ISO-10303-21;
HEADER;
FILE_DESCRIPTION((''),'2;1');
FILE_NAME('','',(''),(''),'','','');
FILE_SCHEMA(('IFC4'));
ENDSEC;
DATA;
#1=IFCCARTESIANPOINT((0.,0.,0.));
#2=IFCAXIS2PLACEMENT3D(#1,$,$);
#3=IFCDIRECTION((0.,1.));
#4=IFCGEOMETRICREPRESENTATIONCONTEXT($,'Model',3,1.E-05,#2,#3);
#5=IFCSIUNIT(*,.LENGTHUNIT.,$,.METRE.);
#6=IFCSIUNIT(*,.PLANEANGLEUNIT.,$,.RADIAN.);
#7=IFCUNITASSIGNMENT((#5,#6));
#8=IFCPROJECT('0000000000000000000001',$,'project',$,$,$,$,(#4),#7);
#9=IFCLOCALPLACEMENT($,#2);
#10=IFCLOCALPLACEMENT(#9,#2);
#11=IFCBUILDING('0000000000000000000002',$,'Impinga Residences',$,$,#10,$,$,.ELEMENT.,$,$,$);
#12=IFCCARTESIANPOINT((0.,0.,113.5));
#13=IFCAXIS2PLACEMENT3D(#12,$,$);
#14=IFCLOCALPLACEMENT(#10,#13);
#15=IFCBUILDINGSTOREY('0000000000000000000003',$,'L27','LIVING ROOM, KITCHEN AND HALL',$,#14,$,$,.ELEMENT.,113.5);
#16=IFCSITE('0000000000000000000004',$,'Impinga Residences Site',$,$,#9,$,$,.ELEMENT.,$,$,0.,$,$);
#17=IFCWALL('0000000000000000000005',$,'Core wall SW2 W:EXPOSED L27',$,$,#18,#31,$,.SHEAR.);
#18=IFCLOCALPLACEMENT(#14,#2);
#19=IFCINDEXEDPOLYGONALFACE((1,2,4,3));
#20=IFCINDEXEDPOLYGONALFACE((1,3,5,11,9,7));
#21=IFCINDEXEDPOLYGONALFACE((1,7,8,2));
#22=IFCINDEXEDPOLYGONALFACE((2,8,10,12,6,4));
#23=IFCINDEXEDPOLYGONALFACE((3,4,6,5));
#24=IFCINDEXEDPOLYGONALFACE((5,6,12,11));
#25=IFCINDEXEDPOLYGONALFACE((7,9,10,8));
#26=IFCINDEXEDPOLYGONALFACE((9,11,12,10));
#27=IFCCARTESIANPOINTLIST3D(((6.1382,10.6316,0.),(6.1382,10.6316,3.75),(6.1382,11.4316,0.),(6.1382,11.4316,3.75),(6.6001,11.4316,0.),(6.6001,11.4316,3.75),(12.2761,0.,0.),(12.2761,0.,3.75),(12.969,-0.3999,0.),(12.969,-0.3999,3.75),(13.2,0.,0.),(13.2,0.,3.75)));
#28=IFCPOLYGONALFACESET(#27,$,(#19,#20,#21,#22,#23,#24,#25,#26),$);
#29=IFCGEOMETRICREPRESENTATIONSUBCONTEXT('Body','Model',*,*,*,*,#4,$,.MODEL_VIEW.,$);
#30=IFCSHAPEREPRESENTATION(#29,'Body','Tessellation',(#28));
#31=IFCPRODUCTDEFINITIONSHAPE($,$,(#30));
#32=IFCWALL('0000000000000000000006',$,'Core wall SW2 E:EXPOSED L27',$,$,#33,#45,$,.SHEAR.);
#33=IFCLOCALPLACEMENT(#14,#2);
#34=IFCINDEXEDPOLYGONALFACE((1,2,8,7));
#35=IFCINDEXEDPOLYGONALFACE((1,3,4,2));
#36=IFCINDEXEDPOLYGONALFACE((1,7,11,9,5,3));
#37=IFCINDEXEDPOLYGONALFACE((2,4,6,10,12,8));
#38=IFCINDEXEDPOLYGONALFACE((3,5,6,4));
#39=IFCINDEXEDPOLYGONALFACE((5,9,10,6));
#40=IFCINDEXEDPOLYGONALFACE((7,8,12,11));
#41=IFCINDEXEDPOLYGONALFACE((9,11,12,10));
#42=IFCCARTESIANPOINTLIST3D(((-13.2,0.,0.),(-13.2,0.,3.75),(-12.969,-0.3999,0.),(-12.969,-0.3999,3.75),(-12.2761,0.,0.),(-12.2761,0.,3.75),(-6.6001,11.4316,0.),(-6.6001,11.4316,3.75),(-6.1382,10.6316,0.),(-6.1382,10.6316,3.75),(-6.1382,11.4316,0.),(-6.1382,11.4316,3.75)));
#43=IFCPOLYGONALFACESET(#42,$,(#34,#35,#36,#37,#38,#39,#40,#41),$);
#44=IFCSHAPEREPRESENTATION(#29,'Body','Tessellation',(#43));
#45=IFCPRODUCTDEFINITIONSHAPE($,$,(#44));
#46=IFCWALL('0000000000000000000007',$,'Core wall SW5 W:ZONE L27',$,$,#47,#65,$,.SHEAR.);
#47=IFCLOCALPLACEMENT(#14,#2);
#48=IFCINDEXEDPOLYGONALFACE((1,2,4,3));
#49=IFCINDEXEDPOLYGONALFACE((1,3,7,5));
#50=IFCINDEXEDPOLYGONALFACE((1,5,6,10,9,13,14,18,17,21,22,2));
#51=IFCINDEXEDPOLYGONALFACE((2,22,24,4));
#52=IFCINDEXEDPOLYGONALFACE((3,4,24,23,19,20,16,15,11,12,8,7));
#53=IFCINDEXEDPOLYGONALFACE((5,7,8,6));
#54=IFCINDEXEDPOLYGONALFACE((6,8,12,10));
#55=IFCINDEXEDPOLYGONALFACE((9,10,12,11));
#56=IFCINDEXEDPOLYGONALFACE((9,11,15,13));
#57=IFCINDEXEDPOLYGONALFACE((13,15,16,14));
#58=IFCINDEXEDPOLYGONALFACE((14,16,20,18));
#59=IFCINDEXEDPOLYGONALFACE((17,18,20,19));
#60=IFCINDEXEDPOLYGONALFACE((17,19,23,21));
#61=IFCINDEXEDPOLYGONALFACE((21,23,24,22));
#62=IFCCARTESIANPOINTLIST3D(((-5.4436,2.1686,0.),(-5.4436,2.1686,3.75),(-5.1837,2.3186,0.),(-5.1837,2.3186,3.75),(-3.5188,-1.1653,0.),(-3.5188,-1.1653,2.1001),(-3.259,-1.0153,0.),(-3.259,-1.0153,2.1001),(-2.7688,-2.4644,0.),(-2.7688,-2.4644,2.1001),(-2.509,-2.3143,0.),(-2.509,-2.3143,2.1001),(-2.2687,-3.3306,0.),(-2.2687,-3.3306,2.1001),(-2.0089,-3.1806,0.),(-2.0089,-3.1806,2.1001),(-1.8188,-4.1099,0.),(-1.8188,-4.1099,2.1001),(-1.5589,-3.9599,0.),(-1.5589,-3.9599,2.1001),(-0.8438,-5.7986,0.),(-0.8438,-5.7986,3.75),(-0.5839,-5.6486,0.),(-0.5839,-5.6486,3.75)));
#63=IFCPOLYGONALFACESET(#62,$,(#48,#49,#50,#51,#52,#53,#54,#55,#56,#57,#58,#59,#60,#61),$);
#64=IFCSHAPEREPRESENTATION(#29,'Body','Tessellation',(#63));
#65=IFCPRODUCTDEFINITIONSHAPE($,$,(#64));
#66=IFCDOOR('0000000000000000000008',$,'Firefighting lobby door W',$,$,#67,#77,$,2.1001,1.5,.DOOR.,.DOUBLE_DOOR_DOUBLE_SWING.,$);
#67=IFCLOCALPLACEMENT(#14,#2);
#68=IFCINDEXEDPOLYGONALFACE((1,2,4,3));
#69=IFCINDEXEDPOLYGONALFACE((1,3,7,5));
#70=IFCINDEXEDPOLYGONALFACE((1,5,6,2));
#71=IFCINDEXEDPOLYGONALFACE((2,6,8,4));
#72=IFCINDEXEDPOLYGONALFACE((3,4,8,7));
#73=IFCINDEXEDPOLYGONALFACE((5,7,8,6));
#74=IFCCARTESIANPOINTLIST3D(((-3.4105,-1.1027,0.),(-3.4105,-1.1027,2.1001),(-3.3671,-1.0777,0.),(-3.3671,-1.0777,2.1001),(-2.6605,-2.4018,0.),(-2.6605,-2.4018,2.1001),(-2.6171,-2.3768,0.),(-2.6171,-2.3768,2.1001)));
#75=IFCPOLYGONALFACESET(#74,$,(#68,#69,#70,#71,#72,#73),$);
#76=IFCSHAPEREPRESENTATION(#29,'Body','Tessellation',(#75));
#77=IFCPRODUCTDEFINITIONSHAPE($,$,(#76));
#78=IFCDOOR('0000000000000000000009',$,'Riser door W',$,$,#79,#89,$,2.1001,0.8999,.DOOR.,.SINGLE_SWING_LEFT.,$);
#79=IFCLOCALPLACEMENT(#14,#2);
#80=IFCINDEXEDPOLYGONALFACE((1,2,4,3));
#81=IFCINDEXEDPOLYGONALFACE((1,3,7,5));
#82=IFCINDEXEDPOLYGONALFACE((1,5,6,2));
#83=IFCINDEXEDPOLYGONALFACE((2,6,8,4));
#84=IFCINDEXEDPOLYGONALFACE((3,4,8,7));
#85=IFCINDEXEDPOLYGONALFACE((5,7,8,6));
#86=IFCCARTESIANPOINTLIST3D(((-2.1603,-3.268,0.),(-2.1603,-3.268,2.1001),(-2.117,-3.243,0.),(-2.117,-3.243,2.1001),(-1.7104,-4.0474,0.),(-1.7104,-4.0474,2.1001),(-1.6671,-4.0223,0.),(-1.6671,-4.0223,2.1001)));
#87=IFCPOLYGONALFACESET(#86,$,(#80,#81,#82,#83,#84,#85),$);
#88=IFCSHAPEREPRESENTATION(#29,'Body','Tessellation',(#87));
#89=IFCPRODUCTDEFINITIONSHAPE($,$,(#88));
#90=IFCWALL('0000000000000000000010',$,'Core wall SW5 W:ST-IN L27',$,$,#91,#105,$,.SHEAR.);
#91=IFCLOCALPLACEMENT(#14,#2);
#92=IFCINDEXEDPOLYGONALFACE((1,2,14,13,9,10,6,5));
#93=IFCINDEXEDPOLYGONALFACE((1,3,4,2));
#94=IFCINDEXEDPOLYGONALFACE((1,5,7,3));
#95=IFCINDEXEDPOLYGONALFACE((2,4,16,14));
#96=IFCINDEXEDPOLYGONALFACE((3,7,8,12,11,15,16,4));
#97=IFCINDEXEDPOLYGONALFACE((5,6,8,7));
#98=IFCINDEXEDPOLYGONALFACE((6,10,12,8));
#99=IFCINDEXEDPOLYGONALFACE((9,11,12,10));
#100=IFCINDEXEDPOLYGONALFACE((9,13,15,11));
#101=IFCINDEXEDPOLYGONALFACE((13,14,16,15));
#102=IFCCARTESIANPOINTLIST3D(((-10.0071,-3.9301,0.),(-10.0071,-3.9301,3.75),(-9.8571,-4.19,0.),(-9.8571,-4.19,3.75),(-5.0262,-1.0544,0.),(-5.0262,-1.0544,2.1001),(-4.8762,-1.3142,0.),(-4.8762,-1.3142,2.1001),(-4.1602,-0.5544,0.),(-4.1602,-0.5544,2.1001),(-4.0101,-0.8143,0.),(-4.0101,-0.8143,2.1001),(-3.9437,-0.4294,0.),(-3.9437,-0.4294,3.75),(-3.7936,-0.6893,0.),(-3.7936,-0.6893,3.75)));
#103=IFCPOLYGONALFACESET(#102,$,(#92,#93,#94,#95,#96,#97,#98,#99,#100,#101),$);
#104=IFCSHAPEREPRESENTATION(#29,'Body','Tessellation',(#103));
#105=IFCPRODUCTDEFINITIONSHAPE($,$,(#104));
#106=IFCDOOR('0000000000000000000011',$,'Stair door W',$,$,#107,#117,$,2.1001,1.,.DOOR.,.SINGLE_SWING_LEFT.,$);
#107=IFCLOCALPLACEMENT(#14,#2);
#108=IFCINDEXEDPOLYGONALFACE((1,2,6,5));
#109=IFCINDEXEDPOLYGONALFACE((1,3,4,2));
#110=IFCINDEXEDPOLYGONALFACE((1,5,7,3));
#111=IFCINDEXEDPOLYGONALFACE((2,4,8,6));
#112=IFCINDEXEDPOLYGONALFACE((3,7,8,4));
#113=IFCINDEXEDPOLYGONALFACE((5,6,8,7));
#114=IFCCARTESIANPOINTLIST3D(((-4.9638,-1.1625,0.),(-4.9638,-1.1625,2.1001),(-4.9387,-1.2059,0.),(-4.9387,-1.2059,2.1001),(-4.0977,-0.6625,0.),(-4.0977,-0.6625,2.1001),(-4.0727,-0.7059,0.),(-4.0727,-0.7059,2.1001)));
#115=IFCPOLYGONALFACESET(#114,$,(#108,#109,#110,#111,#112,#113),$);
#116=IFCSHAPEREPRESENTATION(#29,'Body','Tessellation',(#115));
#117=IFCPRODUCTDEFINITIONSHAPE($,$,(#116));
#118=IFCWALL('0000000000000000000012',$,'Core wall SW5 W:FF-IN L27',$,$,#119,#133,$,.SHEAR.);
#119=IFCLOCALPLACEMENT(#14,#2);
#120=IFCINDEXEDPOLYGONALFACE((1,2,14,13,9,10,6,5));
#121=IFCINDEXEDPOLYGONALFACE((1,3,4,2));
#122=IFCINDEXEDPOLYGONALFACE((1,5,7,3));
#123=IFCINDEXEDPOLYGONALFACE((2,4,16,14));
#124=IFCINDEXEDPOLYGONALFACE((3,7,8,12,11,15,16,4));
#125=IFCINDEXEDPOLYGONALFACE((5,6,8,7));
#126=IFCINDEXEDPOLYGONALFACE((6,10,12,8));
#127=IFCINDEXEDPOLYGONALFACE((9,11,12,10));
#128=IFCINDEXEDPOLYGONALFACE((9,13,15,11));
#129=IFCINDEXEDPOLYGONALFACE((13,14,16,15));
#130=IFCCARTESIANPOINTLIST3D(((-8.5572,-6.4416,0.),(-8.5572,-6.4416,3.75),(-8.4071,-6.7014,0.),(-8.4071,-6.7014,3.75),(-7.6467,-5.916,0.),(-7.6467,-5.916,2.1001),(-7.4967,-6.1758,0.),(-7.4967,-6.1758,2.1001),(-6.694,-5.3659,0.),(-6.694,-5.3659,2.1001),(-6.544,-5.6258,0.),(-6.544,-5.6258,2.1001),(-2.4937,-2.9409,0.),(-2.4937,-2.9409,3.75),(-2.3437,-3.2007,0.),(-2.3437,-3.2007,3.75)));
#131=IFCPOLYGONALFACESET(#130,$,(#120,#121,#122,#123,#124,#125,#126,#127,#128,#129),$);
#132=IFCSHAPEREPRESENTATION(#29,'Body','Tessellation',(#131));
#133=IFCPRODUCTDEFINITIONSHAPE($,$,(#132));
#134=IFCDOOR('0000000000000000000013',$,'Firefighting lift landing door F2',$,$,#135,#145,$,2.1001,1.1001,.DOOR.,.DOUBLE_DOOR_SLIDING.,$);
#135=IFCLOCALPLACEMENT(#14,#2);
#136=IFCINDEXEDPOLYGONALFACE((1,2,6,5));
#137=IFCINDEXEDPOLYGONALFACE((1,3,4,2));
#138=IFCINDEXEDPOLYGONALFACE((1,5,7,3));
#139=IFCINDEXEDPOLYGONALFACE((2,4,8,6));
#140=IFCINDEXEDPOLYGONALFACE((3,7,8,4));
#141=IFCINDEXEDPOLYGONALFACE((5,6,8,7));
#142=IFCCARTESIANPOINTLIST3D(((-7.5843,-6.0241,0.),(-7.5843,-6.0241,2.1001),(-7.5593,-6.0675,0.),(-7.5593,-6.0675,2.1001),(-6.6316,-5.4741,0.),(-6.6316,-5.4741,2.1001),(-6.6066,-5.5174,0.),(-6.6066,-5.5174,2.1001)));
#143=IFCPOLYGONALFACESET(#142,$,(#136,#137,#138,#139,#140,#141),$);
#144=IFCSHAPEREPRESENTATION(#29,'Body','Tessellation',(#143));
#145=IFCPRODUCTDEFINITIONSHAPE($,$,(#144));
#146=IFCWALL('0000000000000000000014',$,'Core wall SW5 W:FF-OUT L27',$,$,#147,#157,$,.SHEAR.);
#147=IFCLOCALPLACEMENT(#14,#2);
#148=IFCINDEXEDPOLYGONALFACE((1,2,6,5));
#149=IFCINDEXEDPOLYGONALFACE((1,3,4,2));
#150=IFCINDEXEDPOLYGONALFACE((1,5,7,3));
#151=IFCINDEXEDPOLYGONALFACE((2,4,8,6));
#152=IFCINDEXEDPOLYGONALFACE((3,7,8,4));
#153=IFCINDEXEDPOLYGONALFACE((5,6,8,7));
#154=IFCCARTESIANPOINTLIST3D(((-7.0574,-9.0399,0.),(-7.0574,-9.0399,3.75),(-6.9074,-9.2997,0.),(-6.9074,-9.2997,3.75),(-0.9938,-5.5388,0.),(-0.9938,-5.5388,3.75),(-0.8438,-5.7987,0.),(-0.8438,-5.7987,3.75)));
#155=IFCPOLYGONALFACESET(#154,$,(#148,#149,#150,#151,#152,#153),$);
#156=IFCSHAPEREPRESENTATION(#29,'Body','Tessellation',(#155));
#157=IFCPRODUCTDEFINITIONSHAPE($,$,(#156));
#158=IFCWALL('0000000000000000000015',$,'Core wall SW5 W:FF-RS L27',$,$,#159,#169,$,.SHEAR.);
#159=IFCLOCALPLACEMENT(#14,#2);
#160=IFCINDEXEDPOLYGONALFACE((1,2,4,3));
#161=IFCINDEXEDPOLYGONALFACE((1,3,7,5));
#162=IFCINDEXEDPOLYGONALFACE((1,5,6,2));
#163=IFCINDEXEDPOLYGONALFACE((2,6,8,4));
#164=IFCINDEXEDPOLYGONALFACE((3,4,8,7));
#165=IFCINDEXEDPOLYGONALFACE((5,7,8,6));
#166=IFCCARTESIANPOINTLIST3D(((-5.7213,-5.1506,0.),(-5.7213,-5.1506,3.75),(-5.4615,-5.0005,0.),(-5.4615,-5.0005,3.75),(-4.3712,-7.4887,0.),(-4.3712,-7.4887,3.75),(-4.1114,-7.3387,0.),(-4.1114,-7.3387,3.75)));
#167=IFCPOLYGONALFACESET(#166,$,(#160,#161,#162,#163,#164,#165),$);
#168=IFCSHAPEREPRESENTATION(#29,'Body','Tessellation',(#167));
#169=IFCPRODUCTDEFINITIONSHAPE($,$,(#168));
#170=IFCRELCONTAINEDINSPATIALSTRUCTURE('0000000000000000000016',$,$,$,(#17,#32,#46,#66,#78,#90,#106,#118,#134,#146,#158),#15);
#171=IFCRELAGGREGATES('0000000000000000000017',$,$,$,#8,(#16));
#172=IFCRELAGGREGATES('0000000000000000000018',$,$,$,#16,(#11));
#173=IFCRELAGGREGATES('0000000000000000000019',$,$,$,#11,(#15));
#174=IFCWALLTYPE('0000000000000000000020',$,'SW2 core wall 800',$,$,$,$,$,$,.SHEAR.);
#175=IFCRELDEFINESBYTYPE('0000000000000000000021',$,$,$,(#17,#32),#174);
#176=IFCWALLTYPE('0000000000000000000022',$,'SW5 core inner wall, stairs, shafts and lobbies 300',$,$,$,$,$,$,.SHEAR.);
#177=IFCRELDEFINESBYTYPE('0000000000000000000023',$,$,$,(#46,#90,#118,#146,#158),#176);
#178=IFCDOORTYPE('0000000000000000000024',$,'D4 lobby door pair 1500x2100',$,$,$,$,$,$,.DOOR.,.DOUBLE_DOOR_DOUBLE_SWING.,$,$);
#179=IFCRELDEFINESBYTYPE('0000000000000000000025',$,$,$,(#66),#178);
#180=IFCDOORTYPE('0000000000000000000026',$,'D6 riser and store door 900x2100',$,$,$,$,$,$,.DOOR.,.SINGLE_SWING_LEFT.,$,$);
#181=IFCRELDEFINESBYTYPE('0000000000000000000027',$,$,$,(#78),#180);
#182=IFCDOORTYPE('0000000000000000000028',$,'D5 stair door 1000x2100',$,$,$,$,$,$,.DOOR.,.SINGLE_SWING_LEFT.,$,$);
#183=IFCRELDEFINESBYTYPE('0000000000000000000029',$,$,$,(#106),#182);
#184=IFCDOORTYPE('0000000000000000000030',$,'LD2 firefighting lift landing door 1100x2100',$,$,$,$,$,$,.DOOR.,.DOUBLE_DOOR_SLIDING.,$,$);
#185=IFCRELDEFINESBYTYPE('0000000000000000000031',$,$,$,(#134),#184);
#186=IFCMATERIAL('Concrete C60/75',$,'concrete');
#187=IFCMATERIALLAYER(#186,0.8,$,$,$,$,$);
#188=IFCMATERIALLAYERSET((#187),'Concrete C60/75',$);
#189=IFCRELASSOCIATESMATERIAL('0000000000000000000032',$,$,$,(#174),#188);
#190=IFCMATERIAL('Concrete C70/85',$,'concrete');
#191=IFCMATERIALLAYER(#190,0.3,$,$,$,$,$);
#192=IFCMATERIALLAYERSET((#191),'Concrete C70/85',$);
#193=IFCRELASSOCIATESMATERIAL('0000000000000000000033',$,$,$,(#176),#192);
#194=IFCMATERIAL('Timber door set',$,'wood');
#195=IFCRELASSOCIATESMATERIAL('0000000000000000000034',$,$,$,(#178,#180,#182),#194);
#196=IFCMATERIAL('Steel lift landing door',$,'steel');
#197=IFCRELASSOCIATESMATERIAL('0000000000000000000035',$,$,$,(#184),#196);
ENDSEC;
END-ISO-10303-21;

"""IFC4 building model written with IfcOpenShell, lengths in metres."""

from ifc_helpers import new_model, si_unit, direction, frame, frame_2d, origin, place, context, subcontext, project, spatial, polyline, rectangle, outline, extrude, material, layer, layer_set, type_object, element, fill, save


model = new_model("IFC4")

# Units and contexts
model_context = context("Model", 3, precision=1e-05, world=origin(), true_north=direction((0.0, 1.0)))
body_context = subcontext(model_context, "Body", "Model", "MODEL_VIEW")
ifc_project = project(units=[si_unit("LENGTHUNIT", "METRE"), si_unit("PLANEANGLEUNIT", "RADIAN")], contexts=[model_context])

# Site, building, storey
site_placement = place(None, origin())
site = spatial("IfcSite", under=ifc_project, at=site_placement, Name="Impinga Residences Site", CompositionType="ELEMENT", RefElevation=0.0)
building_placement = place(site_placement, origin())
building = spatial("IfcBuilding", under=site, at=building_placement, Name="Impinga Residences", CompositionType="ELEMENT")
storey_placement = place(building_placement, frame((0.0, 0.0, 113.5)))
storey = spatial("IfcBuildingStorey", under=building, at=storey_placement, Name="L27", Description="LIVING ROOM, KITCHEN AND HALL", CompositionType="ELEMENT", Elevation=113.5)

# Shared definitions
ifc_material_1 = material(Name="Concrete C60/75", Category="concrete")

# Walls
ifc_layer_1 = layer(ifc_material_1, 0.8)
ifc_layer_set_1 = layer_set([ifc_layer_1], Name="Concrete C60/75")
wall_type_1 = type_object("IfcWallType", Name="SW2 core wall 800", PredefinedType="SHEAR", material=ifc_layer_set_1)
wall_1_placement = place(storey_placement, origin())
element("IfcWall", 1, at=wall_1_placement, inside=storey, type_object=wall_type_1, Name="Core wall SW2 W:EXPOSED L27", PredefinedType="SHEAR", context=body_context, shape_type="SweptSolid", body=[
    extrude(outline(polyline([(13.2, 0.0), (6.6001, 11.4316), (6.1382, 11.4316), (6.1382, 10.6316), (12.2761, 0.0), (12.969, -0.3999), (13.2, 0.0)])), origin(), (0.0, 0.0, 1.0), 3.75),
])
wall_2_placement = place(storey_placement, origin())
element("IfcWall", 2, at=wall_2_placement, inside=storey, type_object=wall_type_1, Name="Core wall SW2 E:EXPOSED L27", PredefinedType="SHEAR", context=body_context, shape_type="SweptSolid", body=[
    extrude(outline(polyline([(-6.6001, 11.4316), (-13.2, 0.0), (-12.969, -0.3999), (-12.2761, 0.0), (-6.1382, 10.6316), (-6.1382, 11.4316), (-6.6001, 11.4316)])), origin(), (0.0, 0.0, 1.0), 3.75),
])

# Wall, openings, doors
ifc_material_2 = material(Name="Concrete C70/85", Category="concrete")
ifc_layer_2 = layer(ifc_material_2, 0.3)
ifc_layer_set_2 = layer_set([ifc_layer_2], Name="Concrete C70/85")
wall_type_2 = type_object("IfcWallType", Name="SW5 core inner wall, stairs, shafts and lobbies 300", PredefinedType="SHEAR", material=ifc_layer_set_2)
wall_3_placement = place(storey_placement, frame((-0.7139, -5.7236, 0.0), z_axis=(0.0, 0.0, 1.0), x_axis=(-0.499995, 0.866028, 0.0)))
wall_3 = element("IfcWall", 3, at=wall_3_placement, inside=storey, type_object=wall_type_2, Name="Core wall SW5 W:ZONE L27", PredefinedType="SHEAR", context=body_context, shape_type="SweptSolid", body=[
    extrude(rectangle(XDim=9.1997, YDim=0.3, at=frame_2d((4.5999, 0.0))), origin(), (0.0, 0.0, 1.0), 3.75),
])
opening_1_placement = place(wall_3_placement, frame((3.8501, 0.0, 0.0)))
opening_1 = element("IfcOpeningElement", 4, at=opening_1_placement, cuts=wall_3, PredefinedType="OPENING", context=body_context, shape_type="SweptSolid", body=[
    extrude(rectangle(XDim=1.5, YDim=2.1001, at=frame_2d((0.75, 1.05))), frame((0.0, 0.1599, 0.0), z_axis=(0.0, -1.0, 0.0), x_axis=(1.0, 0.0, 0.0)), (0.0, 0.0, 1.0), 0.3201),
])
opening_2_placement = place(wall_3_placement, frame((1.95, 0.0, 0.0)))
opening_2 = element("IfcOpeningElement", 5, at=opening_2_placement, cuts=wall_3, PredefinedType="OPENING", context=body_context, shape_type="SweptSolid", body=[
    extrude(rectangle(XDim=0.8999, YDim=2.1001, at=frame_2d((0.45, 1.05))), frame((0.0, 0.1599, 0.0), z_axis=(0.0, -1.0, 0.0), x_axis=(1.0, 0.0, 0.0)), (0.0, 0.0, 1.0), 0.3201),
])
ifc_material_3 = material(Name="Timber door set", Category="wood")
door_type_1 = type_object("IfcDoorType", Name="D4 lobby door pair 1500x2100", OperationType="DOUBLE_DOOR_DOUBLE_SWING", PredefinedType="DOOR", material=ifc_material_3)
door_1_placement = place(opening_1_placement, origin())
door_1 = element("IfcDoor", 6, at=door_1_placement, inside=storey, type_object=door_type_1, Name="Firefighting lobby door W", OperationType="DOUBLE_DOOR_DOUBLE_SWING", OverallHeight=2.1001, OverallWidth=1.5, PredefinedType="DOOR", context=body_context, shape_type="SweptSolid", body=[
    extrude(rectangle(XDim=1.5, YDim=2.1001, at=frame_2d((0.75, 1.05))), frame((0.0, 0.0249, 0.0), z_axis=(0.0, -1.0, 0.0), x_axis=(1.0, 0.0, 0.0)), (0.0, 0.0, 1.0), 0.05),
])
fill(opening_1, door_1)
door_type_2 = type_object("IfcDoorType", Name="D6 riser and store door 900x2100", OperationType="SINGLE_SWING_LEFT", PredefinedType="DOOR", material=ifc_material_3)
door_2_placement = place(opening_2_placement, origin())
door_2 = element("IfcDoor", 7, at=door_2_placement, inside=storey, type_object=door_type_2, Name="Riser door W", OperationType="SINGLE_SWING_LEFT", OverallHeight=2.1001, OverallWidth=0.8999, PredefinedType="DOOR", context=body_context, shape_type="SweptSolid", body=[
    extrude(rectangle(XDim=0.8999, YDim=2.1001, at=frame_2d((0.45, 1.05))), frame((0.0, 0.0249, 0.0), z_axis=(0.0, -1.0, 0.0), x_axis=(1.0, 0.0, 0.0)), (0.0, 0.0, 1.0), 0.05),
])
fill(opening_2, door_2)

# Walls, openings, doors
wall_4_placement = place(storey_placement, frame((-3.8687, -0.5593, 0.0), z_axis=(0.0, 0.0, 1.0), x_axis=(-0.866026, -0.499998, 0.0)))
wall_4 = element("IfcWall", 8, at=wall_4_placement, inside=storey, type_object=wall_type_2, Name="Core wall SW5 W:ST-IN L27", PredefinedType="SHEAR", context=body_context, shape_type="SweptSolid", body=[
    extrude(rectangle(XDim=7.0015, YDim=0.3, at=frame_2d((3.5007, 0.0))), origin(), (0.0, 0.0, 1.0), 3.75),
])
opening_3_placement = place(wall_4_placement, frame((0.25, 0.0, 0.0)))
opening_3 = element("IfcOpeningElement", 9, at=opening_3_placement, cuts=wall_4, PredefinedType="OPENING", context=body_context, shape_type="SweptSolid", body=[
    extrude(rectangle(XDim=1.0, YDim=2.1001, at=frame_2d((0.5, 1.05))), frame((0.0, 0.1599, 0.0), z_axis=(0.0, -1.0, 0.0), x_axis=(1.0, 0.0, 0.0)), (0.0, 0.0, 1.0), 0.3201),
])
door_type_3 = type_object("IfcDoorType", Name="D5 stair door 1000x2100", OperationType="SINGLE_SWING_LEFT", PredefinedType="DOOR", material=ifc_material_3)
door_3_placement = place(opening_3_placement, origin())
door_3 = element("IfcDoor", 10, at=door_3_placement, inside=storey, type_object=door_type_3, Name="Stair door W", OperationType="SINGLE_SWING_LEFT", OverallHeight=2.1001, OverallWidth=1.0, PredefinedType="DOOR", context=body_context, shape_type="SweptSolid", body=[
    extrude(rectangle(XDim=1.0, YDim=2.1001, at=frame_2d((0.5, 1.05))), frame((0.0, 0.0249, 0.0), z_axis=(0.0, -1.0, 0.0), x_axis=(1.0, 0.0, 0.0)), (0.0, 0.0, 1.0), 0.05),
])
fill(opening_3, door_3)
wall_5_placement = place(storey_placement, frame((-2.4187, -3.0708, 0.0), z_axis=(0.0, 0.0, 1.0), x_axis=(-0.866026, -0.499998, 0.0)))
wall_5 = element("IfcWall", 11, at=wall_5_placement, inside=storey, type_object=wall_type_2, Name="Core wall SW5 W:FF-IN L27", PredefinedType="SHEAR", context=body_context, shape_type="SweptSolid", body=[
    extrude(rectangle(XDim=7.0015, YDim=0.3, at=frame_2d((3.5007, 0.0))), origin(), (0.0, 0.0, 1.0), 3.75),
])
opening_4_placement = place(wall_5_placement, frame((4.8501, 0.0, 0.0)))
opening_4 = element("IfcOpeningElement", 12, at=opening_4_placement, cuts=wall_5, PredefinedType="OPENING", context=body_context, shape_type="SweptSolid", body=[
    extrude(rectangle(XDim=1.1001, YDim=2.1001, at=frame_2d((0.55, 1.05))), frame((0.0, 0.1599, 0.0), z_axis=(0.0, -1.0, 0.0), x_axis=(1.0, 0.0, 0.0)), (0.0, 0.0, 1.0), 0.3201),
])
ifc_material_4 = material(Name="Steel lift landing door", Category="steel")
door_type_4 = type_object("IfcDoorType", Name="LD2 firefighting lift landing door 1100x2100", OperationType="DOUBLE_DOOR_SLIDING", PredefinedType="DOOR", material=ifc_material_4)
door_4_placement = place(opening_4_placement, origin())
door_4 = element("IfcDoor", 13, at=door_4_placement, inside=storey, type_object=door_type_4, Name="Firefighting lift landing door F2", OperationType="DOUBLE_DOOR_SLIDING", OverallHeight=2.1001, OverallWidth=1.1001, PredefinedType="DOOR", context=body_context, shape_type="SweptSolid", body=[
    extrude(rectangle(XDim=1.1001, YDim=2.1001, at=frame_2d((0.55, 1.05))), frame((0.0, 0.0249, 0.0), z_axis=(0.0, -1.0, 0.0), x_axis=(1.0, 0.0, 0.0)), (0.0, 0.0, 1.0), 0.05),
])
fill(opening_4, door_4)

# Walls
wall_6_placement = place(storey_placement, frame((-0.9187, -5.6687, 0.0), z_axis=(0.0, 0.0, 1.0), x_axis=(-0.866011, -0.500024, 0.0)))
element("IfcWall", 14, at=wall_6_placement, inside=storey, type_object=wall_type_2, Name="Core wall SW5 W:FF-OUT L27", PredefinedType="SHEAR", context=body_context, shape_type="SweptSolid", body=[
    extrude(rectangle(XDim=7.0017, YDim=0.3, at=frame_2d((3.501, 0.0))), origin(), (0.0, 0.0, 1.0), 3.75),
])
wall_7_placement = place(storey_placement, frame((-4.2412, -7.4138, 0.0), z_axis=(0.0, 0.0, 1.0), x_axis=(-0.500049, 0.865997, 0.0)))
element("IfcWall", 15, at=wall_7_placement, inside=storey, type_object=wall_type_2, Name="Core wall SW5 W:FF-RS L27", PredefinedType="SHEAR", context=body_context, shape_type="SweptSolid", body=[
    extrude(rectangle(XDim=2.7, YDim=0.3, at=frame_2d((1.3501, 0.0))), origin(), (0.0, 0.0, 1.0), 3.75),
])

save(model, "model.ifc")
